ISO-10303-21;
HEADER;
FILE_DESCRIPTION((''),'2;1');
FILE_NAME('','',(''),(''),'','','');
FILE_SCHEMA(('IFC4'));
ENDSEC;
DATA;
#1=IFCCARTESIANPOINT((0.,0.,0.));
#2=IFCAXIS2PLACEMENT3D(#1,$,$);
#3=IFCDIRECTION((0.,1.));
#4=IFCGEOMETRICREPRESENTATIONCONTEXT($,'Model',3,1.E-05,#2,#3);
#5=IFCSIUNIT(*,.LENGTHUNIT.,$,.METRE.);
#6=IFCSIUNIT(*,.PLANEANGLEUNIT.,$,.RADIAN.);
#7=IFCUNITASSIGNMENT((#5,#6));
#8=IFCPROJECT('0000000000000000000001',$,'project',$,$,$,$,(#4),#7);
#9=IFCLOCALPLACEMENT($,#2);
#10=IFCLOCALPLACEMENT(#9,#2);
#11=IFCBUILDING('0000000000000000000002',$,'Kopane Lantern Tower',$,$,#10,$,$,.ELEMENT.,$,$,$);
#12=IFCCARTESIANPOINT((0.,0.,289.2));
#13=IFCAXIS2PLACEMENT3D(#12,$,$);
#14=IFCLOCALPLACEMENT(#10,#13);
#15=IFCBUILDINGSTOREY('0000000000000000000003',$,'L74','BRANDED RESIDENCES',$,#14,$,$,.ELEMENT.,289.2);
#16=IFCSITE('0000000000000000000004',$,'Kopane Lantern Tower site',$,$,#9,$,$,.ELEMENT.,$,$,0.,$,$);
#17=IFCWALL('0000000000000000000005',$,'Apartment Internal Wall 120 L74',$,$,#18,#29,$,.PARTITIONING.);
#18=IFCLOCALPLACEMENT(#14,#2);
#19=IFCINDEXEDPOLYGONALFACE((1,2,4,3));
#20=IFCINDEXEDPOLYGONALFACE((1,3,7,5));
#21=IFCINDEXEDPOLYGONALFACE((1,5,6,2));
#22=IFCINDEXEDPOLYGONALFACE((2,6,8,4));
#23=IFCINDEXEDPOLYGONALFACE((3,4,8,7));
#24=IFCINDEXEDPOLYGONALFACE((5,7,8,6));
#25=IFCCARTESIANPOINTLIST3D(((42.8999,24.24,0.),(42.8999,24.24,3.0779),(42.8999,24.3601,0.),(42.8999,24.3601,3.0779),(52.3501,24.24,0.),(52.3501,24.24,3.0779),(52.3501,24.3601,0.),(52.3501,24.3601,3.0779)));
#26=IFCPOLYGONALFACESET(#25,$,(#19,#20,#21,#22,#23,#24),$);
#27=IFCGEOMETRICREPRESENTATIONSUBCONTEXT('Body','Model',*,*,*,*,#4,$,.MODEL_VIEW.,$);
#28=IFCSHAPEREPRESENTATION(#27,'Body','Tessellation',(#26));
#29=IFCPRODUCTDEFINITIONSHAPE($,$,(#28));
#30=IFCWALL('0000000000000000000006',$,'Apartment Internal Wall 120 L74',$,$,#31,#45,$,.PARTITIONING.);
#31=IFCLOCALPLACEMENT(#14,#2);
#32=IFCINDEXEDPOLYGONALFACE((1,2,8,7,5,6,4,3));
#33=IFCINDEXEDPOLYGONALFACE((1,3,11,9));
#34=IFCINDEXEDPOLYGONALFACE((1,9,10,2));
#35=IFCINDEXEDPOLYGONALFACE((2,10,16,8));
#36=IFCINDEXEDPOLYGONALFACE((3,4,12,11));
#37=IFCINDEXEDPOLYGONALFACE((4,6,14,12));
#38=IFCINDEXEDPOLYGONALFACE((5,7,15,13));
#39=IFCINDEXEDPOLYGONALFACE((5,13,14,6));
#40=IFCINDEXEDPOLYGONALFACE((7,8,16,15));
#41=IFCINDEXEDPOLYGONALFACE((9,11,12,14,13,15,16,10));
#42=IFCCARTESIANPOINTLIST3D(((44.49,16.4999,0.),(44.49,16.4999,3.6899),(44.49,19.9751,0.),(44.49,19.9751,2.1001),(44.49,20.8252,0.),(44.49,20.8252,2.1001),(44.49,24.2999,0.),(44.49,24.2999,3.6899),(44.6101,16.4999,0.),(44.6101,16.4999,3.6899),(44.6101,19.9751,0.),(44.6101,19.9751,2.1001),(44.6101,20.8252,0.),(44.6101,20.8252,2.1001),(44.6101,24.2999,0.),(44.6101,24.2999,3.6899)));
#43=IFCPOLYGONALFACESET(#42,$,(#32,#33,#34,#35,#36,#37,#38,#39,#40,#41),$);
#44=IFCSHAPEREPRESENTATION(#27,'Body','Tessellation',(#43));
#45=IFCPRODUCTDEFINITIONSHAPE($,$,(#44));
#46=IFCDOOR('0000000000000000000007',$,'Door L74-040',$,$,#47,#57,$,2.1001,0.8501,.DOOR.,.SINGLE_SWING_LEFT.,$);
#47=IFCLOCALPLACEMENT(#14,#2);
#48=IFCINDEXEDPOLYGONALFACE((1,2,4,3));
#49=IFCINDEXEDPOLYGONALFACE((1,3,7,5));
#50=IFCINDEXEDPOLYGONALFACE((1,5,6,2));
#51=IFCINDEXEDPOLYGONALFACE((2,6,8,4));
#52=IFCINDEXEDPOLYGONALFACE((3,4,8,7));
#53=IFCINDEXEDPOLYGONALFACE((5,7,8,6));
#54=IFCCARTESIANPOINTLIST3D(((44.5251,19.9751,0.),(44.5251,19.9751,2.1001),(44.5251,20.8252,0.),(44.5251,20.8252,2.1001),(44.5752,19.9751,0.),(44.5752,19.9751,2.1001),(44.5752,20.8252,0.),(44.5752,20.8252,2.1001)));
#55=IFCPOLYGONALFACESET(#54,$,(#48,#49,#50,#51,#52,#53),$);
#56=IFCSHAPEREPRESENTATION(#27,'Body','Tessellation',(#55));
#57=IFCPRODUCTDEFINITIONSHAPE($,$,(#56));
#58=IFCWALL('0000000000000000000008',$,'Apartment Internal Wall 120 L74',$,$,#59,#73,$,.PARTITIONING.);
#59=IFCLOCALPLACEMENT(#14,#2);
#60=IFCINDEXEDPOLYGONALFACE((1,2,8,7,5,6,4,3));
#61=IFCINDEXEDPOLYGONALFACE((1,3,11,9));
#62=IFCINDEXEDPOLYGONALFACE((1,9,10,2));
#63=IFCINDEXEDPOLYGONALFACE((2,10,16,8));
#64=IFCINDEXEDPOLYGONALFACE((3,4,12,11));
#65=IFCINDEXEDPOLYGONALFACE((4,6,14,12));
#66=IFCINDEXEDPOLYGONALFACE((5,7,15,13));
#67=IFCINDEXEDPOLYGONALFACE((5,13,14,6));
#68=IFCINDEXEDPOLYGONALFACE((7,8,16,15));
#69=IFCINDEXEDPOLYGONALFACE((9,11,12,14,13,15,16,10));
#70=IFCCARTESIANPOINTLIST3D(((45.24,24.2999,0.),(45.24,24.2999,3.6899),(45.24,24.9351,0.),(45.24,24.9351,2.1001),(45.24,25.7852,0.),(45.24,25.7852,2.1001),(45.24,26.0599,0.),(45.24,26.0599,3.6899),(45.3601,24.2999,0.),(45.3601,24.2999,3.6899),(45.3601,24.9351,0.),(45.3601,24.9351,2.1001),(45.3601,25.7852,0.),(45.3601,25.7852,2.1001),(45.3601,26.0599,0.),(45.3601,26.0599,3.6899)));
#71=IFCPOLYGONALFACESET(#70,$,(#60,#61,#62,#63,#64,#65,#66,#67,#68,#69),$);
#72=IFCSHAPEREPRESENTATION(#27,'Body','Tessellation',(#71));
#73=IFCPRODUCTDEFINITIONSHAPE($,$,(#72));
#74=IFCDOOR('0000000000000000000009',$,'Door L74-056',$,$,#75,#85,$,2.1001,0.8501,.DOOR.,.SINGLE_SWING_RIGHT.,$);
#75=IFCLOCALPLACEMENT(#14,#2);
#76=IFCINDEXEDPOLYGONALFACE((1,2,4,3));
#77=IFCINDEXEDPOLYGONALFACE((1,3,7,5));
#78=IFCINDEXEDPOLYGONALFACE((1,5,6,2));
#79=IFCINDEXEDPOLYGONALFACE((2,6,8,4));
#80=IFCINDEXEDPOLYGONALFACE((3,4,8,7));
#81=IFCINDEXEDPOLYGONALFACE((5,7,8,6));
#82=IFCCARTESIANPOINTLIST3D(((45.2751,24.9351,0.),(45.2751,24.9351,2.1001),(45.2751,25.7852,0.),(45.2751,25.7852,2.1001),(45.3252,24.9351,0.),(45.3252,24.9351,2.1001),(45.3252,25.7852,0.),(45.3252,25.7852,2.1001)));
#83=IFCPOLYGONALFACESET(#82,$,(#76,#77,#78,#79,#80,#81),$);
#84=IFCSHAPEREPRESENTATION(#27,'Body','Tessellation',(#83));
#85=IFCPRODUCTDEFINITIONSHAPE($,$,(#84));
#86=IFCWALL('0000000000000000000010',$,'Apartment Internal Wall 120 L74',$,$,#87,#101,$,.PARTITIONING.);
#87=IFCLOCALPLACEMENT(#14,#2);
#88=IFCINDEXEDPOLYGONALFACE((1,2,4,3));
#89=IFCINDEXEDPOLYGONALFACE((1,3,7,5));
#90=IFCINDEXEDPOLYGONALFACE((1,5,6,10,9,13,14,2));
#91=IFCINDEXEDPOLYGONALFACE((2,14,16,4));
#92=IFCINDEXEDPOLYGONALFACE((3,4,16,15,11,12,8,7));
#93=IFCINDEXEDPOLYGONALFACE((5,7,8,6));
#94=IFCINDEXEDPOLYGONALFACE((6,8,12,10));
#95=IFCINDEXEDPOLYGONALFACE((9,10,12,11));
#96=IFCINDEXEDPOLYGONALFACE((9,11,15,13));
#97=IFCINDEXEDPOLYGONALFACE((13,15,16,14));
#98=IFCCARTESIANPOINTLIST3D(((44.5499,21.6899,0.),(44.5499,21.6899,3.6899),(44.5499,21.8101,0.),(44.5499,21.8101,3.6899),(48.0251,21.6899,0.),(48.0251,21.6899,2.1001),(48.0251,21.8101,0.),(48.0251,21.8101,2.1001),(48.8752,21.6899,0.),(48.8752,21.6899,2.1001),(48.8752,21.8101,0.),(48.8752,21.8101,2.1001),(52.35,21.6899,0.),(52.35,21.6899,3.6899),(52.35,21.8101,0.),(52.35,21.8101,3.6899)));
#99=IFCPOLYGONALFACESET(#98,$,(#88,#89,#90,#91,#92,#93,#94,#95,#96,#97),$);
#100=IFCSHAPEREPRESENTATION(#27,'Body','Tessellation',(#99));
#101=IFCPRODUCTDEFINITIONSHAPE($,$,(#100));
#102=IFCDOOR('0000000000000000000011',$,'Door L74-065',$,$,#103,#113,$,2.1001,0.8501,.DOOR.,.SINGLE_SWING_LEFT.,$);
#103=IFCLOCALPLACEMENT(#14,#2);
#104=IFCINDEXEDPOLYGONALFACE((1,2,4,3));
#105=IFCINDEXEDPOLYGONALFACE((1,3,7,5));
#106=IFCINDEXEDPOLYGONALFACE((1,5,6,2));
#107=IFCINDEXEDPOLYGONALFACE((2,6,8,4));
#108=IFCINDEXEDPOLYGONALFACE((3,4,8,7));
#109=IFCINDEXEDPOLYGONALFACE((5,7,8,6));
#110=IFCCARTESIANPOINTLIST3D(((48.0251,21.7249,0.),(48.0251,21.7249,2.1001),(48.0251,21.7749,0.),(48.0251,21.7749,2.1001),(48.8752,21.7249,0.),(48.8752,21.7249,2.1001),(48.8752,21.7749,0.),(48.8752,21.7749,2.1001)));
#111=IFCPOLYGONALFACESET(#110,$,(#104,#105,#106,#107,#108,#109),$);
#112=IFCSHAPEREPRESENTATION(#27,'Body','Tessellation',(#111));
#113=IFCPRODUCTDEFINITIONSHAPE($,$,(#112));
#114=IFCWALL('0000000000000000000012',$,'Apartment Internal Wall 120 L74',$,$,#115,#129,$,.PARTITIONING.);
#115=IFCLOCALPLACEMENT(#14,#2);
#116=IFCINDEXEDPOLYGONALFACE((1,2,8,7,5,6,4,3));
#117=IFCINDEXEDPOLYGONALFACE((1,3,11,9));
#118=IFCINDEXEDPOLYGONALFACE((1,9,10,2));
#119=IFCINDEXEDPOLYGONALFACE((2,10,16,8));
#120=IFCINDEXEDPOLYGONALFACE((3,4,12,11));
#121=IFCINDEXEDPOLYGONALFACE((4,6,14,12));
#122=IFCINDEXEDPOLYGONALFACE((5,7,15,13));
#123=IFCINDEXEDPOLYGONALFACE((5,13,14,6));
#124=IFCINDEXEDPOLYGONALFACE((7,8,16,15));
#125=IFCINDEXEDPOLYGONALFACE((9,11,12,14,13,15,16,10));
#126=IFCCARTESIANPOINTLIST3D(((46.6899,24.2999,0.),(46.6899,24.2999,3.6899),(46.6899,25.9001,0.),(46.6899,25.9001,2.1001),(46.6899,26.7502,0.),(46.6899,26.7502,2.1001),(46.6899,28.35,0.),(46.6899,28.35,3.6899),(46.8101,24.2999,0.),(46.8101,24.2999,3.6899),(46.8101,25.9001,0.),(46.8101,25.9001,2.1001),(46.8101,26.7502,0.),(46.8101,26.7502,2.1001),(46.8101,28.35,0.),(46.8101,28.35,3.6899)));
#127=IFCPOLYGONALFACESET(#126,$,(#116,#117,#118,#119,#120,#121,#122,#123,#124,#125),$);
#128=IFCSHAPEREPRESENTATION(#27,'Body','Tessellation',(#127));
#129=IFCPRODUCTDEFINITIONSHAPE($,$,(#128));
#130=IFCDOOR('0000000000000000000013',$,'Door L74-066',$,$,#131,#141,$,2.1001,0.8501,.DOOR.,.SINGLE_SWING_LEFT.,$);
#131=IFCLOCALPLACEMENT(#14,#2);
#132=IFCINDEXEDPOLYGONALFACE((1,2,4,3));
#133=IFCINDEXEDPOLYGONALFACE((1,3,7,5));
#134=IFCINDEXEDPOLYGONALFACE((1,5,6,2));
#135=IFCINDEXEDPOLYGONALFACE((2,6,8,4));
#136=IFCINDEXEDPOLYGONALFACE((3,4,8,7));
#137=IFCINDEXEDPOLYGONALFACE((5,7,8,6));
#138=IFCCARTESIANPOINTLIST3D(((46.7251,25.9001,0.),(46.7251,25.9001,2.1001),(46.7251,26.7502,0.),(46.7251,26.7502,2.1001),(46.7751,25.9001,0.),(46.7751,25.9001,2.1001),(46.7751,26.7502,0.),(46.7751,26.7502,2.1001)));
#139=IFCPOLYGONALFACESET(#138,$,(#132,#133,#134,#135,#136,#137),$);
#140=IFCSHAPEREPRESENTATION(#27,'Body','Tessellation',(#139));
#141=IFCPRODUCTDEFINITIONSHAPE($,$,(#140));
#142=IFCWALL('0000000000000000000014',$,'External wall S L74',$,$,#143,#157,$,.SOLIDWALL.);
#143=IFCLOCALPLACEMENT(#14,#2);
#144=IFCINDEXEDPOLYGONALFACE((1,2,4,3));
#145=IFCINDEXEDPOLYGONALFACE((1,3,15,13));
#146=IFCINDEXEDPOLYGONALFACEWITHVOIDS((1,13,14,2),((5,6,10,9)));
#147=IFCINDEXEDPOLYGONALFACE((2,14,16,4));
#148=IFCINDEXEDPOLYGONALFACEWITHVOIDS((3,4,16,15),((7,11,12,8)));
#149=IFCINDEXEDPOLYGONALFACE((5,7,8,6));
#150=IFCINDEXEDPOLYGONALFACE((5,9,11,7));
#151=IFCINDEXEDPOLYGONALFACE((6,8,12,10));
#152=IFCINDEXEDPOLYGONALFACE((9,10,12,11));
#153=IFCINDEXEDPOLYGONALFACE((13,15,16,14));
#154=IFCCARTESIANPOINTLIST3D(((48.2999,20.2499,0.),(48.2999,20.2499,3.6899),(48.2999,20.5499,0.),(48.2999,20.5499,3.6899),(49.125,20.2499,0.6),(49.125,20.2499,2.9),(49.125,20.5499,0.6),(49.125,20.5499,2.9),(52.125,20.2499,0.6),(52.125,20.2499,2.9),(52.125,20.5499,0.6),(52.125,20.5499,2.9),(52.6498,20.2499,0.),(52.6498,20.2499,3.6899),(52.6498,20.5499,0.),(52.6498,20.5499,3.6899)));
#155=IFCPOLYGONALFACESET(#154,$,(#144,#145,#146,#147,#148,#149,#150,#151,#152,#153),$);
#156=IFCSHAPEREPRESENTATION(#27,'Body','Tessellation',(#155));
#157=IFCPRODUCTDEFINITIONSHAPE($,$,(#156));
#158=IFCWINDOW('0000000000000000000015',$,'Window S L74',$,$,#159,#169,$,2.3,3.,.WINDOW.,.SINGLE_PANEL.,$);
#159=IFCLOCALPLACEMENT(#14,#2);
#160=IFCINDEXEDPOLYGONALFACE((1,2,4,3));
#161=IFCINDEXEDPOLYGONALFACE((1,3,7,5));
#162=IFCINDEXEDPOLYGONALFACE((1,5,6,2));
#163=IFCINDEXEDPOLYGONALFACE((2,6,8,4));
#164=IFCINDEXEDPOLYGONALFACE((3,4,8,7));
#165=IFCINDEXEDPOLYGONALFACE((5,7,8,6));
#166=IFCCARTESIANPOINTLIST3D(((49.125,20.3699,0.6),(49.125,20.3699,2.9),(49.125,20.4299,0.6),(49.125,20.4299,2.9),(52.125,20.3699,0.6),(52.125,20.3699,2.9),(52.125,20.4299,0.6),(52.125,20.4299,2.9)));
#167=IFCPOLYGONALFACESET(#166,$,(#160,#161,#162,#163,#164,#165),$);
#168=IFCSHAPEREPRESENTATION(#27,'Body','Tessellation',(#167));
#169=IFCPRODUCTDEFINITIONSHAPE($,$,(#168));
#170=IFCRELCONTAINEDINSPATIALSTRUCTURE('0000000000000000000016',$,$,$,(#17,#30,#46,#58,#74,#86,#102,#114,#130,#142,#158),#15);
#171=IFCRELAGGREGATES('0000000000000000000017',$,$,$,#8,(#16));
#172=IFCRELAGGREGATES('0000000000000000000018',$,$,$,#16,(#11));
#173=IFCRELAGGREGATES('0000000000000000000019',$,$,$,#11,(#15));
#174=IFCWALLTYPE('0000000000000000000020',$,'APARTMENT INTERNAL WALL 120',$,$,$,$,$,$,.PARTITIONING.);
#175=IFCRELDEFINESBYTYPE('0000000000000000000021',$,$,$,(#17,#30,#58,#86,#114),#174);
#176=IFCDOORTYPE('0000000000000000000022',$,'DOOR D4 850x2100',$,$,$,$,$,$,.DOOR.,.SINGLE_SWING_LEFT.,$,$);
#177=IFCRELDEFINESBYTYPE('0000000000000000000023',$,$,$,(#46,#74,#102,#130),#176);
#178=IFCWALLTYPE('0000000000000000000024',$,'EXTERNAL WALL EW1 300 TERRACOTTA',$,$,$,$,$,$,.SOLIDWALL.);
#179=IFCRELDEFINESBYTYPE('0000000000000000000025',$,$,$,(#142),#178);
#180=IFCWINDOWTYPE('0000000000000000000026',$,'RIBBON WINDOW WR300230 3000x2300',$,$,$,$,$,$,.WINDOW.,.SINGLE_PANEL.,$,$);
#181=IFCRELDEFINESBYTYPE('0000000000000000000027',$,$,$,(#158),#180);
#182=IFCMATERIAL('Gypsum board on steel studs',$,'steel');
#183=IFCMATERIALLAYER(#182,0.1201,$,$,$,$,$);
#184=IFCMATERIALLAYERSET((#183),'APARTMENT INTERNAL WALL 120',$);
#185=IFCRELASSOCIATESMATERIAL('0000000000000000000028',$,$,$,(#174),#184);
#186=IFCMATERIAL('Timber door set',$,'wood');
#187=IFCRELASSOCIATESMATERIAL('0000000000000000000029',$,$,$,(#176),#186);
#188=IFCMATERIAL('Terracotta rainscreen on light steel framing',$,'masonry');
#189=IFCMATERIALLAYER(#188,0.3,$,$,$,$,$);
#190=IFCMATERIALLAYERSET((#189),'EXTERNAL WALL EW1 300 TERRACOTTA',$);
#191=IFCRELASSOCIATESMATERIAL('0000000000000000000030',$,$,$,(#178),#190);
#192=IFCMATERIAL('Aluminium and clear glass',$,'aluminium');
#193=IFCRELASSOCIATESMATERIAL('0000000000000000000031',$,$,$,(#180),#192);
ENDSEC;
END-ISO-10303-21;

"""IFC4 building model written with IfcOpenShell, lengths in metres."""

from ifc_helpers import new_model, si_unit, direction, frame, frame_2d, origin, place, context, subcontext, project, spatial, rectangle, extrude, material, layer, layer_set, type_object, element, fill, save


model = new_model("IFC4")

# Units and contexts
model_context = context("Model", 3, precision=1e-05, world=origin(), true_north=direction((0.0, 1.0)))
body_context = subcontext(model_context, "Body", "Model", "MODEL_VIEW")
ifc_project = project(units=[si_unit("LENGTHUNIT", "METRE"), si_unit("PLANEANGLEUNIT", "RADIAN")], contexts=[model_context])

# Site, building, storey
site_placement = place(None, origin())
site = spatial("IfcSite", under=ifc_project, at=site_placement, Name="Kopane Lantern Tower site", CompositionType="ELEMENT", RefElevation=0.0)
building_placement = place(site_placement, origin())
building = spatial("IfcBuilding", under=site, at=building_placement, Name="Kopane Lantern Tower", CompositionType="ELEMENT")
storey_placement = place(building_placement, frame((0.0, 0.0, 289.2)))
storey = spatial("IfcBuildingStorey", under=building, at=storey_placement, Name="L74", Description="BRANDED RESIDENCES", CompositionType="ELEMENT", Elevation=289.2)

# Shared definitions
ifc_material_1 = material(Name="Gypsum board on steel studs", Category="steel")
ifc_layer_1 = layer(ifc_material_1, 0.1201)
ifc_layer_set_1 = layer_set([ifc_layer_1], Name="APARTMENT INTERNAL WALL 120")
wall_type_1 = type_object("IfcWallType", Name="APARTMENT INTERNAL WALL 120", PredefinedType="PARTITIONING", material=ifc_layer_set_1)
ifc_material_2 = material(Name="Timber door set", Category="wood")
door_type = type_object("IfcDoorType", Name="DOOR D4 850x2100", OperationType="SINGLE_SWING_LEFT", PredefinedType="DOOR", material=ifc_material_2)

# Wall
wall_1_placement = place(storey_placement, frame((42.8999, 24.3, 0.0), z_axis=(0.0, 0.0, 1.0), x_axis=(1.0, 0.0, 0.0)))
element("IfcWall", 1, at=wall_1_placement, inside=storey, type_object=wall_type_1, Name="Apartment Internal Wall 120 L74", PredefinedType="PARTITIONING", context=body_context, shape_type="SweptSolid", body=[
    extrude(rectangle(XDim=9.4502, YDim=0.1201, at=frame_2d((4.7251, 0.0))), origin(), (0.0, 0.0, 1.0), 3.0779),
])

# Walls, openings, doors
wall_2_placement = place(storey_placement, frame((44.55, 16.5, 0.0), z_axis=(0.0, 0.0, 1.0), x_axis=(0.0, 1.0, 0.0)))
wall_2 = element("IfcWall", 2, at=wall_2_placement, inside=storey, type_object=wall_type_1, Name="Apartment Internal Wall 120 L74", PredefinedType="PARTITIONING", context=body_context, shape_type="SweptSolid", body=[
    extrude(rectangle(XDim=7.8, YDim=0.1201, at=frame_2d((3.8999, 0.0))), origin(), (0.0, 0.0, 1.0), 3.6899),
])
opening_1_placement = place(wall_2_placement, frame((3.4751, 0.0, 0.0)))
opening_1 = element("IfcOpeningElement", 3, at=opening_1_placement, cuts=wall_2, PredefinedType="OPENING", context=body_context, shape_type="SweptSolid", body=[
    extrude(rectangle(XDim=0.8501, YDim=2.1001, at=frame_2d((0.425, 1.05))), frame((0.0, 0.0701, 0.0), z_axis=(0.0, -1.0, 0.0), x_axis=(1.0, 0.0, 0.0)), (0.0, 0.0, 1.0), 0.1401),
])
door_1_placement = place(opening_1_placement, origin())
door_1 = element("IfcDoor", 4, at=door_1_placement, inside=storey, type_object=door_type, Name="Door L74-040", OperationType="SINGLE_SWING_LEFT", OverallHeight=2.1001, OverallWidth=0.8501, PredefinedType="DOOR", context=body_context, shape_type="SweptSolid", body=[
    extrude(rectangle(XDim=0.8501, YDim=2.1001, at=frame_2d((0.425, 1.05))), frame((0.0, 0.0249, 0.0), z_axis=(0.0, -1.0, 0.0), x_axis=(1.0, 0.0, 0.0)), (0.0, 0.0, 1.0), 0.05),
])
fill(opening_1, door_1)
wall_3_placement = place(storey_placement, frame((45.3, 24.3, 0.0), z_axis=(0.0, 0.0, 1.0), x_axis=(0.0, 1.0, 0.0)))
wall_3 = element("IfcWall", 5, at=wall_3_placement, inside=storey, type_object=wall_type_1, Name="Apartment Internal Wall 120 L74", PredefinedType="PARTITIONING", context=body_context, shape_type="SweptSolid", body=[
    extrude(rectangle(XDim=1.76, YDim=0.1201, at=frame_2d((0.8799, 0.0))), origin(), (0.0, 0.0, 1.0), 3.6899),
])
opening_2_placement = place(wall_3_placement, frame((0.635, 0.0, 0.0)))
opening_2 = element("IfcOpeningElement", 6, at=opening_2_placement, cuts=wall_3, PredefinedType="OPENING", context=body_context, shape_type="SweptSolid", body=[
    extrude(rectangle(XDim=0.8501, YDim=2.1001, at=frame_2d((0.425, 1.05))), frame((0.0, 0.0701, 0.0), z_axis=(0.0, -1.0, 0.0), x_axis=(1.0, 0.0, 0.0)), (0.0, 0.0, 1.0), 0.1401),
])
door_2_placement = place(opening_2_placement, origin())
door_2 = element("IfcDoor", 7, at=door_2_placement, inside=storey, type_object=door_type, Name="Door L74-056", OperationType="SINGLE_SWING_RIGHT", OverallHeight=2.1001, OverallWidth=0.8501, PredefinedType="DOOR", context=body_context, shape_type="SweptSolid", body=[
    extrude(rectangle(XDim=0.8501, YDim=2.1001, at=frame_2d((0.425, 1.05))), frame((0.0, 0.0249, 0.0), z_axis=(0.0, -1.0, 0.0), x_axis=(1.0, 0.0, 0.0)), (0.0, 0.0, 1.0), 0.05),
])
fill(opening_2, door_2)
wall_4_placement = place(storey_placement, frame((44.55, 21.75, 0.0), z_axis=(0.0, 0.0, 1.0), x_axis=(1.0, 0.0, 0.0)))
wall_4 = element("IfcWall", 8, at=wall_4_placement, inside=storey, type_object=wall_type_1, Name="Apartment Internal Wall 120 L74", PredefinedType="PARTITIONING", context=body_context, shape_type="SweptSolid", body=[
    extrude(rectangle(XDim=7.8, YDim=0.1201, at=frame_2d((3.8999, 0.0))), origin(), (0.0, 0.0, 1.0), 3.6899),
])
opening_3_placement = place(wall_4_placement, frame((3.4751, 0.0, 0.0)))
opening_3 = element("IfcOpeningElement", 9, at=opening_3_placement, cuts=wall_4, PredefinedType="OPENING", context=body_context, shape_type="SweptSolid", body=[
    extrude(rectangle(XDim=0.8501, YDim=2.1001, at=frame_2d((0.425, 1.05))), frame((0.0, 0.0701, 0.0), z_axis=(0.0, -1.0, 0.0), x_axis=(1.0, 0.0, 0.0)), (0.0, 0.0, 1.0), 0.1401),
])
door_3_placement = place(opening_3_placement, origin())
door_3 = element("IfcDoor", 10, at=door_3_placement, inside=storey, type_object=door_type, Name="Door L74-065", OperationType="SINGLE_SWING_LEFT", OverallHeight=2.1001, OverallWidth=0.8501, PredefinedType="DOOR", context=body_context, shape_type="SweptSolid", body=[
    extrude(rectangle(XDim=0.8501, YDim=2.1001, at=frame_2d((0.425, 1.05))), frame((0.0, 0.0249, 0.0), z_axis=(0.0, -1.0, 0.0), x_axis=(1.0, 0.0, 0.0)), (0.0, 0.0, 1.0), 0.05),
])
fill(opening_3, door_3)
wall_5_placement = place(storey_placement, frame((46.75, 24.3, 0.0), z_axis=(0.0, 0.0, 1.0), x_axis=(0.0, 1.0, 0.0)))
wall_5 = element("IfcWall", 11, at=wall_5_placement, inside=storey, type_object=wall_type_1, Name="Apartment Internal Wall 120 L74", PredefinedType="PARTITIONING", context=body_context, shape_type="SweptSolid", body=[
    extrude(rectangle(XDim=4.05, YDim=0.1201, at=frame_2d((2.0249, 0.0))), origin(), (0.0, 0.0, 1.0), 3.6899),
])
opening_4_placement = place(wall_5_placement, frame((1.6001, 0.0, 0.0)))
opening_4 = element("IfcOpeningElement", 12, at=opening_4_placement, cuts=wall_5, PredefinedType="OPENING", context=body_context, shape_type="SweptSolid", body=[
    extrude(rectangle(XDim=0.8501, YDim=2.1001, at=frame_2d((0.425, 1.05))), frame((0.0, 0.0701, 0.0), z_axis=(0.0, -1.0, 0.0), x_axis=(1.0, 0.0, 0.0)), (0.0, 0.0, 1.0), 0.1401),
])
door_4_placement = place(opening_4_placement, origin())
door_4 = element("IfcDoor", 13, at=door_4_placement, inside=storey, type_object=door_type, Name="Door L74-066", OperationType="SINGLE_SWING_LEFT", OverallHeight=2.1001, OverallWidth=0.8501, PredefinedType="DOOR", context=body_context, shape_type="SweptSolid", body=[
    extrude(rectangle(XDim=0.8501, YDim=2.1001, at=frame_2d((0.425, 1.05))), frame((0.0, 0.0249, 0.0), z_axis=(0.0, -1.0, 0.0), x_axis=(1.0, 0.0, 0.0)), (0.0, 0.0, 1.0), 0.05),
])
fill(opening_4, door_4)

# Wall, opening, window
ifc_material_3 = material(Name="Terracotta rainscreen on light steel framing", Category="masonry")
ifc_layer_2 = layer(ifc_material_3, 0.3)
ifc_layer_set_2 = layer_set([ifc_layer_2], Name="EXTERNAL WALL EW1 300 TERRACOTTA")
wall_type_2 = type_object("IfcWallType", Name="EXTERNAL WALL EW1 300 TERRACOTTA", PredefinedType="SOLIDWALL", material=ifc_layer_set_2)
wall_6_placement = place(storey_placement, frame((48.3, 20.3999, 0.0), z_axis=(0.0, 0.0, 1.0), x_axis=(1.0, 0.0, 0.0)))
wall_6 = element("IfcWall", 14, at=wall_6_placement, inside=storey, type_object=wall_type_2, Name="External wall S L74", PredefinedType="SOLIDWALL", context=body_context, shape_type="SweptSolid", body=[
    extrude(rectangle(XDim=4.3499, YDim=0.3, at=frame_2d((2.1748, 0.0))), origin(), (0.0, 0.0, 1.0), 3.6899),
])
opening_5_placement = place(wall_6_placement, frame((0.825, 0.0, 0.6001)))
opening_5 = element("IfcOpeningElement", 15, at=opening_5_placement, cuts=wall_6, PredefinedType="OPENING", context=body_context, shape_type="SweptSolid", body=[
    extrude(rectangle(XDim=3.0, YDim=2.3, at=frame_2d((1.5, 1.1499))), frame((0.0, 0.1599, 0.0), z_axis=(0.0, -1.0, 0.0), x_axis=(1.0, 0.0, 0.0)), (0.0, 0.0, 1.0), 0.3201),
])
ifc_material_4 = material(Name="Aluminium and clear glass", Category="aluminium")
window_type = type_object("IfcWindowType", Name="RIBBON WINDOW WR300230 3000x2300", PartitioningType="SINGLE_PANEL", PredefinedType="WINDOW", material=ifc_material_4)
window_placement = place(opening_5_placement, origin())
window = element("IfcWindow", 16, at=window_placement, inside=storey, type_object=window_type, Name="Window S L74", OverallHeight=2.3, OverallWidth=3.0, PartitioningType="SINGLE_PANEL", PredefinedType="WINDOW", context=body_context, shape_type="SweptSolid", body=[
    extrude(rectangle(XDim=3.0, YDim=2.3, at=frame_2d((1.5, 1.1499))), frame((0.0, 0.03, 0.0), z_axis=(0.0, -1.0, 0.0), x_axis=(1.0, 0.0, 0.0)), (0.0, 0.0, 1.0), 0.0601),
])
fill(opening_5, window)

save(model, "model.ifc")
